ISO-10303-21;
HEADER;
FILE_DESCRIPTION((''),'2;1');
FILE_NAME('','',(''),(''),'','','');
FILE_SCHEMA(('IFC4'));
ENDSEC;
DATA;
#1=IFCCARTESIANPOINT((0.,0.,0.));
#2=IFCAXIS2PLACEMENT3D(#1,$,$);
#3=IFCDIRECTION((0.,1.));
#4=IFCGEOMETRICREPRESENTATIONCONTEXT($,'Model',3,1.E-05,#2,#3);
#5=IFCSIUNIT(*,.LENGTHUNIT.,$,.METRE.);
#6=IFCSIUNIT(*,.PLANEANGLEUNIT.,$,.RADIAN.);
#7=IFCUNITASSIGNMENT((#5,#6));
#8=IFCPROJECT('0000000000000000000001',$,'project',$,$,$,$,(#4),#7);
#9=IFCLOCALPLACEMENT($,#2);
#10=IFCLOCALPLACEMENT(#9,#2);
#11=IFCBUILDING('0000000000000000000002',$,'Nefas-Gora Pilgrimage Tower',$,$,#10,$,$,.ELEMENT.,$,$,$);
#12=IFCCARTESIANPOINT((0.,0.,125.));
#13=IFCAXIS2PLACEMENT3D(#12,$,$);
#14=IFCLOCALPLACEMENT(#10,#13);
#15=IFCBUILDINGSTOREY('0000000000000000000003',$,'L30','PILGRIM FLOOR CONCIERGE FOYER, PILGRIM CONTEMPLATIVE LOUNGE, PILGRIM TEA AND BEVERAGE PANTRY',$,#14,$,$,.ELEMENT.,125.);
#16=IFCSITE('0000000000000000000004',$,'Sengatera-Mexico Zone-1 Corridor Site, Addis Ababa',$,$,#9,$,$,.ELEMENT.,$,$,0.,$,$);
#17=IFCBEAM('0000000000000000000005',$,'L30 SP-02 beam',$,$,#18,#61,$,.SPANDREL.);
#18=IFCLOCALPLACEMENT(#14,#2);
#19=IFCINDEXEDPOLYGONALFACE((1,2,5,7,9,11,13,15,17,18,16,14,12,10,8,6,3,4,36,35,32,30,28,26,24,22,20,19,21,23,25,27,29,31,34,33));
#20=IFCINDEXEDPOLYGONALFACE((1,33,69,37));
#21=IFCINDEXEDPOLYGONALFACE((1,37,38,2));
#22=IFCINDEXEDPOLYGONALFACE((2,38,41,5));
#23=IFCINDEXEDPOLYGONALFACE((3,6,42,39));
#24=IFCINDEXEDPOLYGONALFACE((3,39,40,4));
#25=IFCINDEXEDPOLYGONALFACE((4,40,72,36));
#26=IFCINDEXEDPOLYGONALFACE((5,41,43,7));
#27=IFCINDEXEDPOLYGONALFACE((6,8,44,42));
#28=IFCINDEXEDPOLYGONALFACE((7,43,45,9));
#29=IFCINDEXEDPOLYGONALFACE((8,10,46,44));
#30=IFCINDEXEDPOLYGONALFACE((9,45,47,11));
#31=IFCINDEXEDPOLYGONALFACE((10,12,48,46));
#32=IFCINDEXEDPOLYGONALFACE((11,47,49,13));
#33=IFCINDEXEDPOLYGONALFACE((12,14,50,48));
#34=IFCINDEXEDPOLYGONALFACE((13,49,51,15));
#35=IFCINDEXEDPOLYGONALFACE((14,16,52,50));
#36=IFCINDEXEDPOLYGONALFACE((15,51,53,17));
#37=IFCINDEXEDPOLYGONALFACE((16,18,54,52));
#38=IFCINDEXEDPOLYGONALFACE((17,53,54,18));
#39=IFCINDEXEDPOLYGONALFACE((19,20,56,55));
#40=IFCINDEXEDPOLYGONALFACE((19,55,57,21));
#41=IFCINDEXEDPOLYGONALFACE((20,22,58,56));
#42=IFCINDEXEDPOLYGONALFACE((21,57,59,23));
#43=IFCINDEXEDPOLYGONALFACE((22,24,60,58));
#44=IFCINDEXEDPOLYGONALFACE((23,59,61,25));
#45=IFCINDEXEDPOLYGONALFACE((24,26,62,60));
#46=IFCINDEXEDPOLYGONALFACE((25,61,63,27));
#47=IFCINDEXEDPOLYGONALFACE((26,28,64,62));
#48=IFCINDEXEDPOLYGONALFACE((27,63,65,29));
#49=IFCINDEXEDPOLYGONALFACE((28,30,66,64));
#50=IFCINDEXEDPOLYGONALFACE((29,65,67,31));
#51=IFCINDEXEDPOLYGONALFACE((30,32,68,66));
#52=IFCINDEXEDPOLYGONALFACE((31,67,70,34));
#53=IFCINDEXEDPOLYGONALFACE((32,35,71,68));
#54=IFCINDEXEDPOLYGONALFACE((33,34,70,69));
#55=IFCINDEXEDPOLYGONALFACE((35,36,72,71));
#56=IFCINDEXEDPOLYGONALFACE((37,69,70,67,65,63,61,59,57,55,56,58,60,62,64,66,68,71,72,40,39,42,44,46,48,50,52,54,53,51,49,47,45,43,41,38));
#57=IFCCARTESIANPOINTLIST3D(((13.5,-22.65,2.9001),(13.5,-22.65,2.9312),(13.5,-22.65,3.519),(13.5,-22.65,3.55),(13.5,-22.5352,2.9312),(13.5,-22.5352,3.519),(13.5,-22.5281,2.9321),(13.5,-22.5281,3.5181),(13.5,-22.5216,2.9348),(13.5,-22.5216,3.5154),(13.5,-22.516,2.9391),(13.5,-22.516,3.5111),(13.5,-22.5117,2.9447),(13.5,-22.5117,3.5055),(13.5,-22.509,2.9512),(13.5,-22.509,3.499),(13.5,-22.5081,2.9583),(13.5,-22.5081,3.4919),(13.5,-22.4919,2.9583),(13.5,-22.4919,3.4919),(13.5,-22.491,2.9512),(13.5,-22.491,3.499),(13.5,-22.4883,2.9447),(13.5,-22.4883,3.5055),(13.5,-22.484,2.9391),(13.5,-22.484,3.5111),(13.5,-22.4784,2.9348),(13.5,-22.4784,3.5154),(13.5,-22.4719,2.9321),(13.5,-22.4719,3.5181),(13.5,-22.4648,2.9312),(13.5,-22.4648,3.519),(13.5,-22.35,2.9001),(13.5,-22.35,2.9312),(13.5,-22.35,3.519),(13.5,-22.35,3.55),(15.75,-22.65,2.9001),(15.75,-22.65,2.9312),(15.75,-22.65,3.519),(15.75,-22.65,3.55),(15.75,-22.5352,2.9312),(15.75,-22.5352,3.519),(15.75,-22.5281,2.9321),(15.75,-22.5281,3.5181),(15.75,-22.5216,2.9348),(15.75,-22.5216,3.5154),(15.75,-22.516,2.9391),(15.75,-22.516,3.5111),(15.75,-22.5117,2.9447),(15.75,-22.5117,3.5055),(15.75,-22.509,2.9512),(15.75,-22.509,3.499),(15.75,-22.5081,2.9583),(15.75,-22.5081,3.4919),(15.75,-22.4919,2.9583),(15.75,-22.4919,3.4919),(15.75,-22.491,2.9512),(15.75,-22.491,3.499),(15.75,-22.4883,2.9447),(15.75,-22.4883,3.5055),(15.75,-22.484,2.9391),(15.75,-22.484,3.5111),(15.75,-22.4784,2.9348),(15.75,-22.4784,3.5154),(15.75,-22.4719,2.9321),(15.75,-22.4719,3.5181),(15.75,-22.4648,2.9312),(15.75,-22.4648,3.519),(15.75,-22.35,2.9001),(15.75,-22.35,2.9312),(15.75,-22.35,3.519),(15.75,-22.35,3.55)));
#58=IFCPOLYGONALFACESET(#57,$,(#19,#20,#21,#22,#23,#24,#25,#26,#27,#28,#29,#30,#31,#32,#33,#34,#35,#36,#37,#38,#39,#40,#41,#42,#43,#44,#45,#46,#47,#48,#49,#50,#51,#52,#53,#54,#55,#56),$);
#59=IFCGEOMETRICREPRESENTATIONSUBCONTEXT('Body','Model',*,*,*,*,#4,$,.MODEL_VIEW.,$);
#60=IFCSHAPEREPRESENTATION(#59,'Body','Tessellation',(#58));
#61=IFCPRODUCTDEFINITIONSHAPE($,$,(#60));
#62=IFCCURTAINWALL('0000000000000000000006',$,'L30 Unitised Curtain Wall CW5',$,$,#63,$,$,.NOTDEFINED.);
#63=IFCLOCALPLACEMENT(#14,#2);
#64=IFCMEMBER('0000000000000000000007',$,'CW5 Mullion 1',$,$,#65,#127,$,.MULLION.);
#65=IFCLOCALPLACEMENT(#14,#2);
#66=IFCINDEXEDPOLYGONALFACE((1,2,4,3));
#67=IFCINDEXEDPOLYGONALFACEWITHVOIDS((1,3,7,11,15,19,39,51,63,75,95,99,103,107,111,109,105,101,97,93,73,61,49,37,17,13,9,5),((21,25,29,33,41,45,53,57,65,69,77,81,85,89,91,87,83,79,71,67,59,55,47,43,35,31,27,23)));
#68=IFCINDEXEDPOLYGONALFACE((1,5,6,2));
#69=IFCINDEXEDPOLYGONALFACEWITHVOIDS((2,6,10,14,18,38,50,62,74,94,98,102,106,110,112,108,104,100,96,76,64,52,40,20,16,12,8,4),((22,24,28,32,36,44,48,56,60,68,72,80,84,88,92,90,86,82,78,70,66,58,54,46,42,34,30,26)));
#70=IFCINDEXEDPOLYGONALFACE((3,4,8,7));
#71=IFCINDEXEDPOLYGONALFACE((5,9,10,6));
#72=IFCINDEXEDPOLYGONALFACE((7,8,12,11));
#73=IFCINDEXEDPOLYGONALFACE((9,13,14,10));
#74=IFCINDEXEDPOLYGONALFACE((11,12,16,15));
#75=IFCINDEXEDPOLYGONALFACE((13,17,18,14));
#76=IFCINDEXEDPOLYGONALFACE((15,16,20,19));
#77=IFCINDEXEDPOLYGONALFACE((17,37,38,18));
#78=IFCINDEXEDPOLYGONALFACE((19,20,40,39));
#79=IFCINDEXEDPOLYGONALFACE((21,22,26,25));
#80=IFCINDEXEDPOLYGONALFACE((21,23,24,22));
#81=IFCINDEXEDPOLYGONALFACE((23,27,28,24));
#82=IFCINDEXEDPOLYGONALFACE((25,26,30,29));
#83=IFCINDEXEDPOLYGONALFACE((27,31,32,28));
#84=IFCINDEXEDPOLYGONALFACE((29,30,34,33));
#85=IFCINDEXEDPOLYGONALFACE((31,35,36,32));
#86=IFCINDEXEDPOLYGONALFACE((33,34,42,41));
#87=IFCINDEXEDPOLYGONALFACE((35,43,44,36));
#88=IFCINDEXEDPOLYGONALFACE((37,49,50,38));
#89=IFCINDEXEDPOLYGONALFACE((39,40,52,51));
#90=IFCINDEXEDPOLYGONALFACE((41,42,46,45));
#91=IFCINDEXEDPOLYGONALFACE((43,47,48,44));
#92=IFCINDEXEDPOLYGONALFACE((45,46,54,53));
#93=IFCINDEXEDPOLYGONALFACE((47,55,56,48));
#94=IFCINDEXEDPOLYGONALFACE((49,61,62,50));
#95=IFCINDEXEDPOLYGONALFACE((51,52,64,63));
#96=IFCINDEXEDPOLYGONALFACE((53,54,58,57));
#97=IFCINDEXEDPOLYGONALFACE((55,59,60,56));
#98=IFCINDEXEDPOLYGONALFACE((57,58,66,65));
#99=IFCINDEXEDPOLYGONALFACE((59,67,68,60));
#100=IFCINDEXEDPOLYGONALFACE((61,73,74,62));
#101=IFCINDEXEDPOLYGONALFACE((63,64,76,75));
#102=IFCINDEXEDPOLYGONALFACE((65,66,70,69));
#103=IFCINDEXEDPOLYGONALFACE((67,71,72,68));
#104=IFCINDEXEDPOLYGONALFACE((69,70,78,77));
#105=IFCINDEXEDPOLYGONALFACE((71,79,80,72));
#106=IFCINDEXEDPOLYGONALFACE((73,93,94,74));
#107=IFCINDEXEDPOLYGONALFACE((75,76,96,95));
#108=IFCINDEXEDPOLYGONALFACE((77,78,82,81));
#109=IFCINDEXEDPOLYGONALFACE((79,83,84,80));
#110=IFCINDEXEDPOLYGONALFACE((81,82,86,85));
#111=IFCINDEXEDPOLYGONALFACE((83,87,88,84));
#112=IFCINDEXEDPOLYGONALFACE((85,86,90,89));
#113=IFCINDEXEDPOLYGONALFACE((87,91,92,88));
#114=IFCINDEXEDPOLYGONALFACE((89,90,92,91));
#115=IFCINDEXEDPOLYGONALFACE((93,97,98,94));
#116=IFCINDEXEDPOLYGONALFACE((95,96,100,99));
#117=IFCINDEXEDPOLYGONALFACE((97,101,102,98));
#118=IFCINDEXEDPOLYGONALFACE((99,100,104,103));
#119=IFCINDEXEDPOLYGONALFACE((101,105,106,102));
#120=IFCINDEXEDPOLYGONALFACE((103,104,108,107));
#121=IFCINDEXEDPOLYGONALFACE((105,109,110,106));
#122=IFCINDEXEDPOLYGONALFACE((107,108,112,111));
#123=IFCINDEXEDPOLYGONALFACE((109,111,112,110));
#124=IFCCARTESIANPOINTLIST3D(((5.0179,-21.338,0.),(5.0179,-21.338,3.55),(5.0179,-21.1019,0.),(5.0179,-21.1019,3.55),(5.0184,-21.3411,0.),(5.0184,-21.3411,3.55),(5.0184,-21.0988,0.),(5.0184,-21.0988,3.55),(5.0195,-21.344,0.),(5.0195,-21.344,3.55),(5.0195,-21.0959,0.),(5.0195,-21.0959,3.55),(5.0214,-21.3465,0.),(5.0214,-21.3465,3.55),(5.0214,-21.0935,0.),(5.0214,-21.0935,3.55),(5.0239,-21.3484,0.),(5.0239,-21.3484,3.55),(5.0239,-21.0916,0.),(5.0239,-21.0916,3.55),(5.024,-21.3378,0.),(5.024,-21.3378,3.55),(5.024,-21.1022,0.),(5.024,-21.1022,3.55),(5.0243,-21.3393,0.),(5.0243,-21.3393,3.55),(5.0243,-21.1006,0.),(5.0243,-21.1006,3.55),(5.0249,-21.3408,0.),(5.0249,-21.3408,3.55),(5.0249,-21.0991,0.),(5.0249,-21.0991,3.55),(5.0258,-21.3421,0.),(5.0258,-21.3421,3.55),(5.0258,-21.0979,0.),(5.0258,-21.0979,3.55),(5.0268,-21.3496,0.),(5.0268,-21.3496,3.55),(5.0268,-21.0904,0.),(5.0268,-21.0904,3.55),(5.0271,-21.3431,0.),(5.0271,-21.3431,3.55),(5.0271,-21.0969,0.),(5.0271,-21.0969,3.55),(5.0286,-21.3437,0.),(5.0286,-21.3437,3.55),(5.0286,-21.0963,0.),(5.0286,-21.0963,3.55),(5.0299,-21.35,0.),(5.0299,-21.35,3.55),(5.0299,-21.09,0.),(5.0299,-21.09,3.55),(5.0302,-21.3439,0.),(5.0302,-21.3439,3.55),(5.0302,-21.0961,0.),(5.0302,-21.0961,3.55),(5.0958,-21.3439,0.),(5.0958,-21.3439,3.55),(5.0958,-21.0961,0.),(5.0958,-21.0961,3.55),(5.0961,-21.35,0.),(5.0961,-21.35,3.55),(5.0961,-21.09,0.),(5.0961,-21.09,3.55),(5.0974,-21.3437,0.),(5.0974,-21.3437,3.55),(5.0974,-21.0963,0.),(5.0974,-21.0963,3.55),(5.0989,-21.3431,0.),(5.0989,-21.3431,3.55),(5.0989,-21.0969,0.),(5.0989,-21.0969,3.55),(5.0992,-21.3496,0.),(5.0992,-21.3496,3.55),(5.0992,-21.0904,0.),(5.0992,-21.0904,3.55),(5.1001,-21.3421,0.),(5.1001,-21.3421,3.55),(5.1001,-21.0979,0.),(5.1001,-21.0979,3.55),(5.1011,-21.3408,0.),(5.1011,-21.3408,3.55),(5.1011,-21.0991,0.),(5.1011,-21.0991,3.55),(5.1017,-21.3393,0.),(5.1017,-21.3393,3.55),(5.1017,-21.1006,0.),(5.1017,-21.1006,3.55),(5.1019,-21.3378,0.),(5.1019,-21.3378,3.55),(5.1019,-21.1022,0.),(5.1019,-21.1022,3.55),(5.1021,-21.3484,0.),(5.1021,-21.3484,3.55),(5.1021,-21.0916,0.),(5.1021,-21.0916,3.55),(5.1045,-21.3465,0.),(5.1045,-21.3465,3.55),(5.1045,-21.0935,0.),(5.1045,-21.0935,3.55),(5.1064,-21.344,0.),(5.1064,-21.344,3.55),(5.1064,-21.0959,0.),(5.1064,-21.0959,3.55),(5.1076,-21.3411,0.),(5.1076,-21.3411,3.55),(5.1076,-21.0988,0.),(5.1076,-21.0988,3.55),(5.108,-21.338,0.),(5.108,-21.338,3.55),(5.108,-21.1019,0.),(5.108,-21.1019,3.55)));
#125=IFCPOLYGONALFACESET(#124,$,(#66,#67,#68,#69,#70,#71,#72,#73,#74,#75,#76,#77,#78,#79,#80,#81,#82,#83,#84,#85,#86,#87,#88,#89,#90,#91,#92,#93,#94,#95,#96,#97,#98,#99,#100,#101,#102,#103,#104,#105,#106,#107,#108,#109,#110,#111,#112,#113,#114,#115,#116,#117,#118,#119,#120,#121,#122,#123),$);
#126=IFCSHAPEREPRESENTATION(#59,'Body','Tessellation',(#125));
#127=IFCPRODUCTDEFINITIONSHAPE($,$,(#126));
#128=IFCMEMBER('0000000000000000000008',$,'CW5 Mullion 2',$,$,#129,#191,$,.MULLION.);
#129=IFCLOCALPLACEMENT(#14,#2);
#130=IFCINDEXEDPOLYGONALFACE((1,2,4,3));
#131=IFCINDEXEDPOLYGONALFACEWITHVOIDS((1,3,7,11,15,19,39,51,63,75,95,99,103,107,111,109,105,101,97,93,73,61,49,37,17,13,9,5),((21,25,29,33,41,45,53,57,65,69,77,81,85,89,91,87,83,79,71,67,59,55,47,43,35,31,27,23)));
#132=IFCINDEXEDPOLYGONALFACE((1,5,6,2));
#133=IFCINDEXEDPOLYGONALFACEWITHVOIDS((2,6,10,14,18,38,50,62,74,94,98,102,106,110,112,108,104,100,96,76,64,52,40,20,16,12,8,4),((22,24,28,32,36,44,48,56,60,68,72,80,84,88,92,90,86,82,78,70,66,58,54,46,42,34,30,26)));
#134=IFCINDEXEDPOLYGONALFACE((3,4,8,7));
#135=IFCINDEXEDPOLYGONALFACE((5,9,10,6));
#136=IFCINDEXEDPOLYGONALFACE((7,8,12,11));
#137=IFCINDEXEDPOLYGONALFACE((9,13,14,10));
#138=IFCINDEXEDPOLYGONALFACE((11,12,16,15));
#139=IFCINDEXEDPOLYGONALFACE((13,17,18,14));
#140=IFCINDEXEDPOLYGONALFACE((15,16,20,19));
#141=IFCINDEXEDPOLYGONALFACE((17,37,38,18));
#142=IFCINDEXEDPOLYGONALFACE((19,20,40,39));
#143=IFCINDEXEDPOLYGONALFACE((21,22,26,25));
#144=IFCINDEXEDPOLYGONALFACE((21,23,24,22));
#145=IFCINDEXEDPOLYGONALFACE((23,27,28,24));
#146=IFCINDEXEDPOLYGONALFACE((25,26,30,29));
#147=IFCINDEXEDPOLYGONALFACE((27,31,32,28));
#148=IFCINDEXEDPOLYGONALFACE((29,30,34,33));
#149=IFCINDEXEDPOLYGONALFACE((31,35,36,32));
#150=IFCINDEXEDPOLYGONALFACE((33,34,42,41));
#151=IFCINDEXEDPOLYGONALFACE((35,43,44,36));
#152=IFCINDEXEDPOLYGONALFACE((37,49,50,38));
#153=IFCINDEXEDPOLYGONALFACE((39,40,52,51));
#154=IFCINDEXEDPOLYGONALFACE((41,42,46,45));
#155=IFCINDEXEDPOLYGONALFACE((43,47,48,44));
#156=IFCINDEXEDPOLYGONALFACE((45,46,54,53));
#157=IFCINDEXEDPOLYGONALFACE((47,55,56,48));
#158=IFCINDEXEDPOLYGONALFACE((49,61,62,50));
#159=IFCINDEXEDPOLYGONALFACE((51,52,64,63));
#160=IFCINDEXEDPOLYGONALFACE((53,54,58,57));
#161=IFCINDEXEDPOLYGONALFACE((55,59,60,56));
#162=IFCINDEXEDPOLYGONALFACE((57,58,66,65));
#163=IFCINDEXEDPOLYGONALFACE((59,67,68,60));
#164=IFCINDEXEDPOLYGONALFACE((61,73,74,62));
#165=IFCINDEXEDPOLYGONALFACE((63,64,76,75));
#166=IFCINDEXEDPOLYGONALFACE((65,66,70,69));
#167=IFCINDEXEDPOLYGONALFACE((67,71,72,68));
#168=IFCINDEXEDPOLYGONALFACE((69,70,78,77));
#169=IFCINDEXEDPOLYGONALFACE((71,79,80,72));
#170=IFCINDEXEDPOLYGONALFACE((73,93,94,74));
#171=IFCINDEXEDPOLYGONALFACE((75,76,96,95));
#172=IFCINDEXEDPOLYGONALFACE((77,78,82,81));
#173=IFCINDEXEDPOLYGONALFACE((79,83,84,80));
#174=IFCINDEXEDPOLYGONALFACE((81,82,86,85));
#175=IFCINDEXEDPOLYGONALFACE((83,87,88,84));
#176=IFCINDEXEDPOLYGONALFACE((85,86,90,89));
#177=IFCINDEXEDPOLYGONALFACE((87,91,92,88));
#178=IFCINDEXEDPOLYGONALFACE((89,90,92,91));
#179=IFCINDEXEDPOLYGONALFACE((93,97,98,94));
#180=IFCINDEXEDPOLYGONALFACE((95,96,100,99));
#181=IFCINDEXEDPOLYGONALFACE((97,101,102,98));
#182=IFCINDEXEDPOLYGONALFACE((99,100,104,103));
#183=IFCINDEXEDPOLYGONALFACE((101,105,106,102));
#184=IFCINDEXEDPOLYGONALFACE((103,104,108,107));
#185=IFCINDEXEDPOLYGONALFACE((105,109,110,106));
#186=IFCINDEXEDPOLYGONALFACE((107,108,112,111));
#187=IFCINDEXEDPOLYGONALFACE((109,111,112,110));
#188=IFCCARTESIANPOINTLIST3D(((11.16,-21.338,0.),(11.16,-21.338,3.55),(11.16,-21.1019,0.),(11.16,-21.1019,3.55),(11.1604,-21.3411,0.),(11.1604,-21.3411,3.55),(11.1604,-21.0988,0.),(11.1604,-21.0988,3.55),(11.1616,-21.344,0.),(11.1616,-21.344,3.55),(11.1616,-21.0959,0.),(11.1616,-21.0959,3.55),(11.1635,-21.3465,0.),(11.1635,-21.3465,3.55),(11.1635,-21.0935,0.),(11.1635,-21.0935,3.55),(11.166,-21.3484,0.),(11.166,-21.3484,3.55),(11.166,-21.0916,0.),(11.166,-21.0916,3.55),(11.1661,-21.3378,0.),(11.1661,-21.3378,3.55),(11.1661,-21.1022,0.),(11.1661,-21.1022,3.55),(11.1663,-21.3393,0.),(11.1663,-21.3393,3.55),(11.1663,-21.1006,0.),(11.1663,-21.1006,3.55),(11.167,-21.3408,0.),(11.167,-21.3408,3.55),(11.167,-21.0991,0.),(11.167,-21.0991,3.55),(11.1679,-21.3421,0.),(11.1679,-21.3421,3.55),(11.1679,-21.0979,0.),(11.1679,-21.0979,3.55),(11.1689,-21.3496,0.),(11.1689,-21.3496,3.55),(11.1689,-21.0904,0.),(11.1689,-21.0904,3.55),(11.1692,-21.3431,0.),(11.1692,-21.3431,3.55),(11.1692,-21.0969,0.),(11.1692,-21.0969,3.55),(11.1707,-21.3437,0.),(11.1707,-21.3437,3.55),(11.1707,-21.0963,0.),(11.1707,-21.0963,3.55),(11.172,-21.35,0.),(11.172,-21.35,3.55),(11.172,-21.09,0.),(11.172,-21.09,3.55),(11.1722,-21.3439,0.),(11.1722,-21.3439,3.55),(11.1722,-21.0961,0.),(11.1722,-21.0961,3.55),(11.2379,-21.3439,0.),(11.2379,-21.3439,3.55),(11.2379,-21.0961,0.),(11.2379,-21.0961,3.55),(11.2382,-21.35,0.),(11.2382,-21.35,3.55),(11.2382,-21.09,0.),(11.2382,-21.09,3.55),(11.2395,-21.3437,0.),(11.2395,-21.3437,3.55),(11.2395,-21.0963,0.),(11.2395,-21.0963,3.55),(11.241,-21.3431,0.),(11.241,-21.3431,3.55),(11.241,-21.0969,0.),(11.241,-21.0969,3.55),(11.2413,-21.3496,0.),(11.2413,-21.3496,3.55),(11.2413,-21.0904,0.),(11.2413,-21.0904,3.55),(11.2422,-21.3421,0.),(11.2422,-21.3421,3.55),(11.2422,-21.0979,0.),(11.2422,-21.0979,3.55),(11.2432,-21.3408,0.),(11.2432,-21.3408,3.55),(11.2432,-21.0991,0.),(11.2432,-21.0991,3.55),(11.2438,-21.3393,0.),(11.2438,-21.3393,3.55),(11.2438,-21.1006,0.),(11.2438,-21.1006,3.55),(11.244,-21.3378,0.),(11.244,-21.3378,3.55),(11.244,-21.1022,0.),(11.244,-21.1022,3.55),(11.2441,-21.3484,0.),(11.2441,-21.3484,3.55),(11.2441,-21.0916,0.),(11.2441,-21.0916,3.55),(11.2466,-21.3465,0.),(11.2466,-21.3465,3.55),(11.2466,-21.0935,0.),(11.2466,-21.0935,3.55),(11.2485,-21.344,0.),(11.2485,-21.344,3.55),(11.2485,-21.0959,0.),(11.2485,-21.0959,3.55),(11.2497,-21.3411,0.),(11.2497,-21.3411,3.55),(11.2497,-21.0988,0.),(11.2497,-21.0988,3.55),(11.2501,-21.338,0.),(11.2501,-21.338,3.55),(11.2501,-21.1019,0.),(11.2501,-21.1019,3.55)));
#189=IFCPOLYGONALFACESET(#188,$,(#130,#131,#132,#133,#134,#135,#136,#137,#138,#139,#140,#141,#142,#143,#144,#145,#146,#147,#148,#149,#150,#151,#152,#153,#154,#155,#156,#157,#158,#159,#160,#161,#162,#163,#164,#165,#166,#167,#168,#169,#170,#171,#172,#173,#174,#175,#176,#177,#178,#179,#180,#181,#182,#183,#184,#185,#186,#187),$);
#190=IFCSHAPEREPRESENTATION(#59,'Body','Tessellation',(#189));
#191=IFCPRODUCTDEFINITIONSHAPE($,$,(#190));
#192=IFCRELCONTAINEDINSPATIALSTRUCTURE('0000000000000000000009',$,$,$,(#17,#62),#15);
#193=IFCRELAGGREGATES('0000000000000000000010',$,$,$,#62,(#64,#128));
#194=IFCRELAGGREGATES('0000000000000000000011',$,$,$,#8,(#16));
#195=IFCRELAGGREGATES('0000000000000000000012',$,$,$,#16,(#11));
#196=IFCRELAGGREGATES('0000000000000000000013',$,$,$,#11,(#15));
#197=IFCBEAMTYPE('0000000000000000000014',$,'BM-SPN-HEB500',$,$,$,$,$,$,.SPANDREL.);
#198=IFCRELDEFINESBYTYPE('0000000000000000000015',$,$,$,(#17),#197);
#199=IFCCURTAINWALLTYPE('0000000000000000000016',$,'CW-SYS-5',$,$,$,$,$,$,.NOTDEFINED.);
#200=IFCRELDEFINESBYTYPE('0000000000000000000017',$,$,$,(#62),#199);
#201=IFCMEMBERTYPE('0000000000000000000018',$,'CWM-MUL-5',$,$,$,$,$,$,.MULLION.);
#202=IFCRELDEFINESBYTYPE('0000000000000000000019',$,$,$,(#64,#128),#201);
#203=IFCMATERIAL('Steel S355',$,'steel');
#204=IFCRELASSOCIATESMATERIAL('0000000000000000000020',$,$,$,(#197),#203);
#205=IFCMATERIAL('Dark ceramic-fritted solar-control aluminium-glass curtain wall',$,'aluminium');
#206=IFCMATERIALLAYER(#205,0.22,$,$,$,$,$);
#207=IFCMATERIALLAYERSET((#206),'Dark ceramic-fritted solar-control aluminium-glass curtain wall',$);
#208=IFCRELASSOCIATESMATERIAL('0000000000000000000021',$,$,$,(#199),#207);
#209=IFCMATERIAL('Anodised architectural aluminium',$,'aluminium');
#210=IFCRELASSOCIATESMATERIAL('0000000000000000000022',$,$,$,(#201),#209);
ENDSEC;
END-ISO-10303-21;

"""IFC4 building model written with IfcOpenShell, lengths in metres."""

from ifc_helpers import new_model, si_unit, direction, frame, origin, origin_2d, place, context, subcontext, project, spatial, hollow_rectangle, i_section, extrude, source, transform, mapped, material, layer, layer_set, material_profile, profile_set, type_object, element, aggregate, save


model = new_model("IFC4")

# Units and contexts
model_context = context("Model", 3, precision=1e-05, world=origin(), true_north=direction((0.0, 1.0)))
body_context = subcontext(model_context, "Body", "Model", "MODEL_VIEW")
ifc_project = project(units=[si_unit("LENGTHUNIT", "METRE"), si_unit("PLANEANGLEUNIT", "RADIAN")], contexts=[model_context])

# Site, building, storey
site_placement = place(None, origin())
site = spatial("IfcSite", under=ifc_project, at=site_placement, Name="Sengatera-Mexico Zone-1 Corridor Site, Addis Ababa", CompositionType="ELEMENT", RefElevation=0.0)
building_placement = place(site_placement, origin())
building = spatial("IfcBuilding", under=site, at=building_placement, Name="Nefas-Gora Pilgrimage Tower", CompositionType="ELEMENT")
storey_placement = place(building_placement, frame((0.0, 0.0, 125.0)))
storey = spatial("IfcBuildingStorey", under=building, at=storey_placement, Name="L30", Description="PILGRIM FLOOR CONCIERGE FOYER, PILGRIM CONTEMPLATIVE LOUNGE, PILGRIM TEA AND BEVERAGE PANTRY", CompositionType="ELEMENT", Elevation=125.0)

# Beam
ifc_material_1 = material(Name="Steel S355", Category="steel")
ifc_material_profile_1 = material_profile(ifc_material_1, i_section(OverallWidth=0.3, OverallDepth=0.6499, WebThickness=0.0161, FlangeThickness=0.031, FilletRadius=0.0271, at=origin_2d()), Name="HEB 650")
ifc_profile_set_1 = profile_set([ifc_material_profile_1], Name="Steel S355")
beam_type_1 = type_object("IfcBeamType", Name="BM-SPN-HEB500", PredefinedType="SPANDREL", material=ifc_profile_set_1)
shared_shape_1 = source(origin(), body_context, "Body", "SweptSolid", [
    extrude(i_section(OverallWidth=0.3, OverallDepth=0.6499, WebThickness=0.0161, FlangeThickness=0.031, FilletRadius=0.0271, at=origin_2d()), origin(), (0.0, 0.0, 1.0), 2.25),
])
beam_1_placement = place(storey_placement, frame((13.5, -22.5, 3.2251), z_axis=(1.0, 0.0, 0.0), x_axis=(0.0, 1.0, 0.0)))
element("IfcBeam", 1, at=beam_1_placement, inside=storey, type_object=beam_type_1, Name="L30 SP-02 beam", PredefinedType="SPANDREL", context=body_context, shape_type="MappedRepresentation", body=[
    mapped(shared_shape_1, transform((0.0, 0.0, 0.0), x_axis=(1.0, 0.0, 0.0), y_axis=(0.0, 1.0, 0.0), z_axis=(0.0, 0.0, 1.0), scale=1.0)),
])

# Curtain wall, members
ifc_material_2 = material(Name="Dark ceramic-fritted solar-control aluminium-glass curtain wall", Category="aluminium")
ifc_layer_1 = layer(ifc_material_2, 0.22)
ifc_layer_set_1 = layer_set([ifc_layer_1], Name="Dark ceramic-fritted solar-control aluminium-glass curtain wall")
curtain_wall_type_1 = type_object("IfcCurtainWallType", Name="CW-SYS-5", PredefinedType="NOTDEFINED", material=ifc_layer_set_1)
curtain_wall_1_placement = place(storey_placement, origin())
curtain_wall_1 = element("IfcCurtainWall", 2, at=curtain_wall_1_placement, inside=storey, type_object=curtain_wall_type_1, Name="L30 Unitised Curtain Wall CW5", PredefinedType="NOTDEFINED")
ifc_material_3 = material(Name="Anodised architectural aluminium", Category="aluminium")
ifc_material_profile_2 = material_profile(ifc_material_3, hollow_rectangle(XDim=0.0901, YDim=0.26, WallThickness=0.0061, InnerFilletRadius=0.0061, OuterFilletRadius=0.012, at=origin_2d()), Name="ALU MULLION 90x260")
ifc_profile_set_2 = profile_set([ifc_material_profile_2], Name="Anodised architectural aluminium")
member_type_1 = type_object("IfcMemberType", Name="CWM-MUL-5", PredefinedType="MULLION", material=ifc_profile_set_2)
shared_shape_2 = source(origin(), body_context, "Body", "SweptSolid", [
    extrude(hollow_rectangle(XDim=0.0901, YDim=0.26, WallThickness=0.0061, InnerFilletRadius=0.0061, OuterFilletRadius=0.012, at=origin_2d()), origin(), (0.0, 0.0, 1.0), 3.55),
])
member_1_placement = place(storey_placement, frame((5.063, -21.22, 0.0), z_axis=(0.0, 0.0, 1.0), x_axis=(1.0, 0.0, 0.0)))
member_1 = element("IfcMember", 3, at=member_1_placement, type_object=member_type_1, Name="CW5 Mullion 1", PredefinedType="MULLION", context=body_context, shape_type="MappedRepresentation", body=[
    mapped(shared_shape_2, transform((0.0, 0.0, 0.0), x_axis=(1.0, 0.0, 0.0), y_axis=(0.0, 1.0, 0.0), z_axis=(0.0, 0.0, 1.0), scale=1.0)),
])
member_2_placement = place(storey_placement, frame((11.2051, -21.22, 0.0), z_axis=(0.0, 0.0, 1.0), x_axis=(1.0, 0.0, 0.0)))
member_2 = element("IfcMember", 4, at=member_2_placement, type_object=member_type_1, Name="CW5 Mullion 2", PredefinedType="MULLION", context=body_context, shape_type="MappedRepresentation", body=[
    mapped(shared_shape_2, transform((0.0, 0.0, 0.0), x_axis=(1.0, 0.0, 0.0), y_axis=(0.0, 1.0, 0.0), z_axis=(0.0, 0.0, 1.0), scale=1.0)),
])

aggregate(curtain_wall_1, [member_1, member_2])

save(model, "model.ifc")
